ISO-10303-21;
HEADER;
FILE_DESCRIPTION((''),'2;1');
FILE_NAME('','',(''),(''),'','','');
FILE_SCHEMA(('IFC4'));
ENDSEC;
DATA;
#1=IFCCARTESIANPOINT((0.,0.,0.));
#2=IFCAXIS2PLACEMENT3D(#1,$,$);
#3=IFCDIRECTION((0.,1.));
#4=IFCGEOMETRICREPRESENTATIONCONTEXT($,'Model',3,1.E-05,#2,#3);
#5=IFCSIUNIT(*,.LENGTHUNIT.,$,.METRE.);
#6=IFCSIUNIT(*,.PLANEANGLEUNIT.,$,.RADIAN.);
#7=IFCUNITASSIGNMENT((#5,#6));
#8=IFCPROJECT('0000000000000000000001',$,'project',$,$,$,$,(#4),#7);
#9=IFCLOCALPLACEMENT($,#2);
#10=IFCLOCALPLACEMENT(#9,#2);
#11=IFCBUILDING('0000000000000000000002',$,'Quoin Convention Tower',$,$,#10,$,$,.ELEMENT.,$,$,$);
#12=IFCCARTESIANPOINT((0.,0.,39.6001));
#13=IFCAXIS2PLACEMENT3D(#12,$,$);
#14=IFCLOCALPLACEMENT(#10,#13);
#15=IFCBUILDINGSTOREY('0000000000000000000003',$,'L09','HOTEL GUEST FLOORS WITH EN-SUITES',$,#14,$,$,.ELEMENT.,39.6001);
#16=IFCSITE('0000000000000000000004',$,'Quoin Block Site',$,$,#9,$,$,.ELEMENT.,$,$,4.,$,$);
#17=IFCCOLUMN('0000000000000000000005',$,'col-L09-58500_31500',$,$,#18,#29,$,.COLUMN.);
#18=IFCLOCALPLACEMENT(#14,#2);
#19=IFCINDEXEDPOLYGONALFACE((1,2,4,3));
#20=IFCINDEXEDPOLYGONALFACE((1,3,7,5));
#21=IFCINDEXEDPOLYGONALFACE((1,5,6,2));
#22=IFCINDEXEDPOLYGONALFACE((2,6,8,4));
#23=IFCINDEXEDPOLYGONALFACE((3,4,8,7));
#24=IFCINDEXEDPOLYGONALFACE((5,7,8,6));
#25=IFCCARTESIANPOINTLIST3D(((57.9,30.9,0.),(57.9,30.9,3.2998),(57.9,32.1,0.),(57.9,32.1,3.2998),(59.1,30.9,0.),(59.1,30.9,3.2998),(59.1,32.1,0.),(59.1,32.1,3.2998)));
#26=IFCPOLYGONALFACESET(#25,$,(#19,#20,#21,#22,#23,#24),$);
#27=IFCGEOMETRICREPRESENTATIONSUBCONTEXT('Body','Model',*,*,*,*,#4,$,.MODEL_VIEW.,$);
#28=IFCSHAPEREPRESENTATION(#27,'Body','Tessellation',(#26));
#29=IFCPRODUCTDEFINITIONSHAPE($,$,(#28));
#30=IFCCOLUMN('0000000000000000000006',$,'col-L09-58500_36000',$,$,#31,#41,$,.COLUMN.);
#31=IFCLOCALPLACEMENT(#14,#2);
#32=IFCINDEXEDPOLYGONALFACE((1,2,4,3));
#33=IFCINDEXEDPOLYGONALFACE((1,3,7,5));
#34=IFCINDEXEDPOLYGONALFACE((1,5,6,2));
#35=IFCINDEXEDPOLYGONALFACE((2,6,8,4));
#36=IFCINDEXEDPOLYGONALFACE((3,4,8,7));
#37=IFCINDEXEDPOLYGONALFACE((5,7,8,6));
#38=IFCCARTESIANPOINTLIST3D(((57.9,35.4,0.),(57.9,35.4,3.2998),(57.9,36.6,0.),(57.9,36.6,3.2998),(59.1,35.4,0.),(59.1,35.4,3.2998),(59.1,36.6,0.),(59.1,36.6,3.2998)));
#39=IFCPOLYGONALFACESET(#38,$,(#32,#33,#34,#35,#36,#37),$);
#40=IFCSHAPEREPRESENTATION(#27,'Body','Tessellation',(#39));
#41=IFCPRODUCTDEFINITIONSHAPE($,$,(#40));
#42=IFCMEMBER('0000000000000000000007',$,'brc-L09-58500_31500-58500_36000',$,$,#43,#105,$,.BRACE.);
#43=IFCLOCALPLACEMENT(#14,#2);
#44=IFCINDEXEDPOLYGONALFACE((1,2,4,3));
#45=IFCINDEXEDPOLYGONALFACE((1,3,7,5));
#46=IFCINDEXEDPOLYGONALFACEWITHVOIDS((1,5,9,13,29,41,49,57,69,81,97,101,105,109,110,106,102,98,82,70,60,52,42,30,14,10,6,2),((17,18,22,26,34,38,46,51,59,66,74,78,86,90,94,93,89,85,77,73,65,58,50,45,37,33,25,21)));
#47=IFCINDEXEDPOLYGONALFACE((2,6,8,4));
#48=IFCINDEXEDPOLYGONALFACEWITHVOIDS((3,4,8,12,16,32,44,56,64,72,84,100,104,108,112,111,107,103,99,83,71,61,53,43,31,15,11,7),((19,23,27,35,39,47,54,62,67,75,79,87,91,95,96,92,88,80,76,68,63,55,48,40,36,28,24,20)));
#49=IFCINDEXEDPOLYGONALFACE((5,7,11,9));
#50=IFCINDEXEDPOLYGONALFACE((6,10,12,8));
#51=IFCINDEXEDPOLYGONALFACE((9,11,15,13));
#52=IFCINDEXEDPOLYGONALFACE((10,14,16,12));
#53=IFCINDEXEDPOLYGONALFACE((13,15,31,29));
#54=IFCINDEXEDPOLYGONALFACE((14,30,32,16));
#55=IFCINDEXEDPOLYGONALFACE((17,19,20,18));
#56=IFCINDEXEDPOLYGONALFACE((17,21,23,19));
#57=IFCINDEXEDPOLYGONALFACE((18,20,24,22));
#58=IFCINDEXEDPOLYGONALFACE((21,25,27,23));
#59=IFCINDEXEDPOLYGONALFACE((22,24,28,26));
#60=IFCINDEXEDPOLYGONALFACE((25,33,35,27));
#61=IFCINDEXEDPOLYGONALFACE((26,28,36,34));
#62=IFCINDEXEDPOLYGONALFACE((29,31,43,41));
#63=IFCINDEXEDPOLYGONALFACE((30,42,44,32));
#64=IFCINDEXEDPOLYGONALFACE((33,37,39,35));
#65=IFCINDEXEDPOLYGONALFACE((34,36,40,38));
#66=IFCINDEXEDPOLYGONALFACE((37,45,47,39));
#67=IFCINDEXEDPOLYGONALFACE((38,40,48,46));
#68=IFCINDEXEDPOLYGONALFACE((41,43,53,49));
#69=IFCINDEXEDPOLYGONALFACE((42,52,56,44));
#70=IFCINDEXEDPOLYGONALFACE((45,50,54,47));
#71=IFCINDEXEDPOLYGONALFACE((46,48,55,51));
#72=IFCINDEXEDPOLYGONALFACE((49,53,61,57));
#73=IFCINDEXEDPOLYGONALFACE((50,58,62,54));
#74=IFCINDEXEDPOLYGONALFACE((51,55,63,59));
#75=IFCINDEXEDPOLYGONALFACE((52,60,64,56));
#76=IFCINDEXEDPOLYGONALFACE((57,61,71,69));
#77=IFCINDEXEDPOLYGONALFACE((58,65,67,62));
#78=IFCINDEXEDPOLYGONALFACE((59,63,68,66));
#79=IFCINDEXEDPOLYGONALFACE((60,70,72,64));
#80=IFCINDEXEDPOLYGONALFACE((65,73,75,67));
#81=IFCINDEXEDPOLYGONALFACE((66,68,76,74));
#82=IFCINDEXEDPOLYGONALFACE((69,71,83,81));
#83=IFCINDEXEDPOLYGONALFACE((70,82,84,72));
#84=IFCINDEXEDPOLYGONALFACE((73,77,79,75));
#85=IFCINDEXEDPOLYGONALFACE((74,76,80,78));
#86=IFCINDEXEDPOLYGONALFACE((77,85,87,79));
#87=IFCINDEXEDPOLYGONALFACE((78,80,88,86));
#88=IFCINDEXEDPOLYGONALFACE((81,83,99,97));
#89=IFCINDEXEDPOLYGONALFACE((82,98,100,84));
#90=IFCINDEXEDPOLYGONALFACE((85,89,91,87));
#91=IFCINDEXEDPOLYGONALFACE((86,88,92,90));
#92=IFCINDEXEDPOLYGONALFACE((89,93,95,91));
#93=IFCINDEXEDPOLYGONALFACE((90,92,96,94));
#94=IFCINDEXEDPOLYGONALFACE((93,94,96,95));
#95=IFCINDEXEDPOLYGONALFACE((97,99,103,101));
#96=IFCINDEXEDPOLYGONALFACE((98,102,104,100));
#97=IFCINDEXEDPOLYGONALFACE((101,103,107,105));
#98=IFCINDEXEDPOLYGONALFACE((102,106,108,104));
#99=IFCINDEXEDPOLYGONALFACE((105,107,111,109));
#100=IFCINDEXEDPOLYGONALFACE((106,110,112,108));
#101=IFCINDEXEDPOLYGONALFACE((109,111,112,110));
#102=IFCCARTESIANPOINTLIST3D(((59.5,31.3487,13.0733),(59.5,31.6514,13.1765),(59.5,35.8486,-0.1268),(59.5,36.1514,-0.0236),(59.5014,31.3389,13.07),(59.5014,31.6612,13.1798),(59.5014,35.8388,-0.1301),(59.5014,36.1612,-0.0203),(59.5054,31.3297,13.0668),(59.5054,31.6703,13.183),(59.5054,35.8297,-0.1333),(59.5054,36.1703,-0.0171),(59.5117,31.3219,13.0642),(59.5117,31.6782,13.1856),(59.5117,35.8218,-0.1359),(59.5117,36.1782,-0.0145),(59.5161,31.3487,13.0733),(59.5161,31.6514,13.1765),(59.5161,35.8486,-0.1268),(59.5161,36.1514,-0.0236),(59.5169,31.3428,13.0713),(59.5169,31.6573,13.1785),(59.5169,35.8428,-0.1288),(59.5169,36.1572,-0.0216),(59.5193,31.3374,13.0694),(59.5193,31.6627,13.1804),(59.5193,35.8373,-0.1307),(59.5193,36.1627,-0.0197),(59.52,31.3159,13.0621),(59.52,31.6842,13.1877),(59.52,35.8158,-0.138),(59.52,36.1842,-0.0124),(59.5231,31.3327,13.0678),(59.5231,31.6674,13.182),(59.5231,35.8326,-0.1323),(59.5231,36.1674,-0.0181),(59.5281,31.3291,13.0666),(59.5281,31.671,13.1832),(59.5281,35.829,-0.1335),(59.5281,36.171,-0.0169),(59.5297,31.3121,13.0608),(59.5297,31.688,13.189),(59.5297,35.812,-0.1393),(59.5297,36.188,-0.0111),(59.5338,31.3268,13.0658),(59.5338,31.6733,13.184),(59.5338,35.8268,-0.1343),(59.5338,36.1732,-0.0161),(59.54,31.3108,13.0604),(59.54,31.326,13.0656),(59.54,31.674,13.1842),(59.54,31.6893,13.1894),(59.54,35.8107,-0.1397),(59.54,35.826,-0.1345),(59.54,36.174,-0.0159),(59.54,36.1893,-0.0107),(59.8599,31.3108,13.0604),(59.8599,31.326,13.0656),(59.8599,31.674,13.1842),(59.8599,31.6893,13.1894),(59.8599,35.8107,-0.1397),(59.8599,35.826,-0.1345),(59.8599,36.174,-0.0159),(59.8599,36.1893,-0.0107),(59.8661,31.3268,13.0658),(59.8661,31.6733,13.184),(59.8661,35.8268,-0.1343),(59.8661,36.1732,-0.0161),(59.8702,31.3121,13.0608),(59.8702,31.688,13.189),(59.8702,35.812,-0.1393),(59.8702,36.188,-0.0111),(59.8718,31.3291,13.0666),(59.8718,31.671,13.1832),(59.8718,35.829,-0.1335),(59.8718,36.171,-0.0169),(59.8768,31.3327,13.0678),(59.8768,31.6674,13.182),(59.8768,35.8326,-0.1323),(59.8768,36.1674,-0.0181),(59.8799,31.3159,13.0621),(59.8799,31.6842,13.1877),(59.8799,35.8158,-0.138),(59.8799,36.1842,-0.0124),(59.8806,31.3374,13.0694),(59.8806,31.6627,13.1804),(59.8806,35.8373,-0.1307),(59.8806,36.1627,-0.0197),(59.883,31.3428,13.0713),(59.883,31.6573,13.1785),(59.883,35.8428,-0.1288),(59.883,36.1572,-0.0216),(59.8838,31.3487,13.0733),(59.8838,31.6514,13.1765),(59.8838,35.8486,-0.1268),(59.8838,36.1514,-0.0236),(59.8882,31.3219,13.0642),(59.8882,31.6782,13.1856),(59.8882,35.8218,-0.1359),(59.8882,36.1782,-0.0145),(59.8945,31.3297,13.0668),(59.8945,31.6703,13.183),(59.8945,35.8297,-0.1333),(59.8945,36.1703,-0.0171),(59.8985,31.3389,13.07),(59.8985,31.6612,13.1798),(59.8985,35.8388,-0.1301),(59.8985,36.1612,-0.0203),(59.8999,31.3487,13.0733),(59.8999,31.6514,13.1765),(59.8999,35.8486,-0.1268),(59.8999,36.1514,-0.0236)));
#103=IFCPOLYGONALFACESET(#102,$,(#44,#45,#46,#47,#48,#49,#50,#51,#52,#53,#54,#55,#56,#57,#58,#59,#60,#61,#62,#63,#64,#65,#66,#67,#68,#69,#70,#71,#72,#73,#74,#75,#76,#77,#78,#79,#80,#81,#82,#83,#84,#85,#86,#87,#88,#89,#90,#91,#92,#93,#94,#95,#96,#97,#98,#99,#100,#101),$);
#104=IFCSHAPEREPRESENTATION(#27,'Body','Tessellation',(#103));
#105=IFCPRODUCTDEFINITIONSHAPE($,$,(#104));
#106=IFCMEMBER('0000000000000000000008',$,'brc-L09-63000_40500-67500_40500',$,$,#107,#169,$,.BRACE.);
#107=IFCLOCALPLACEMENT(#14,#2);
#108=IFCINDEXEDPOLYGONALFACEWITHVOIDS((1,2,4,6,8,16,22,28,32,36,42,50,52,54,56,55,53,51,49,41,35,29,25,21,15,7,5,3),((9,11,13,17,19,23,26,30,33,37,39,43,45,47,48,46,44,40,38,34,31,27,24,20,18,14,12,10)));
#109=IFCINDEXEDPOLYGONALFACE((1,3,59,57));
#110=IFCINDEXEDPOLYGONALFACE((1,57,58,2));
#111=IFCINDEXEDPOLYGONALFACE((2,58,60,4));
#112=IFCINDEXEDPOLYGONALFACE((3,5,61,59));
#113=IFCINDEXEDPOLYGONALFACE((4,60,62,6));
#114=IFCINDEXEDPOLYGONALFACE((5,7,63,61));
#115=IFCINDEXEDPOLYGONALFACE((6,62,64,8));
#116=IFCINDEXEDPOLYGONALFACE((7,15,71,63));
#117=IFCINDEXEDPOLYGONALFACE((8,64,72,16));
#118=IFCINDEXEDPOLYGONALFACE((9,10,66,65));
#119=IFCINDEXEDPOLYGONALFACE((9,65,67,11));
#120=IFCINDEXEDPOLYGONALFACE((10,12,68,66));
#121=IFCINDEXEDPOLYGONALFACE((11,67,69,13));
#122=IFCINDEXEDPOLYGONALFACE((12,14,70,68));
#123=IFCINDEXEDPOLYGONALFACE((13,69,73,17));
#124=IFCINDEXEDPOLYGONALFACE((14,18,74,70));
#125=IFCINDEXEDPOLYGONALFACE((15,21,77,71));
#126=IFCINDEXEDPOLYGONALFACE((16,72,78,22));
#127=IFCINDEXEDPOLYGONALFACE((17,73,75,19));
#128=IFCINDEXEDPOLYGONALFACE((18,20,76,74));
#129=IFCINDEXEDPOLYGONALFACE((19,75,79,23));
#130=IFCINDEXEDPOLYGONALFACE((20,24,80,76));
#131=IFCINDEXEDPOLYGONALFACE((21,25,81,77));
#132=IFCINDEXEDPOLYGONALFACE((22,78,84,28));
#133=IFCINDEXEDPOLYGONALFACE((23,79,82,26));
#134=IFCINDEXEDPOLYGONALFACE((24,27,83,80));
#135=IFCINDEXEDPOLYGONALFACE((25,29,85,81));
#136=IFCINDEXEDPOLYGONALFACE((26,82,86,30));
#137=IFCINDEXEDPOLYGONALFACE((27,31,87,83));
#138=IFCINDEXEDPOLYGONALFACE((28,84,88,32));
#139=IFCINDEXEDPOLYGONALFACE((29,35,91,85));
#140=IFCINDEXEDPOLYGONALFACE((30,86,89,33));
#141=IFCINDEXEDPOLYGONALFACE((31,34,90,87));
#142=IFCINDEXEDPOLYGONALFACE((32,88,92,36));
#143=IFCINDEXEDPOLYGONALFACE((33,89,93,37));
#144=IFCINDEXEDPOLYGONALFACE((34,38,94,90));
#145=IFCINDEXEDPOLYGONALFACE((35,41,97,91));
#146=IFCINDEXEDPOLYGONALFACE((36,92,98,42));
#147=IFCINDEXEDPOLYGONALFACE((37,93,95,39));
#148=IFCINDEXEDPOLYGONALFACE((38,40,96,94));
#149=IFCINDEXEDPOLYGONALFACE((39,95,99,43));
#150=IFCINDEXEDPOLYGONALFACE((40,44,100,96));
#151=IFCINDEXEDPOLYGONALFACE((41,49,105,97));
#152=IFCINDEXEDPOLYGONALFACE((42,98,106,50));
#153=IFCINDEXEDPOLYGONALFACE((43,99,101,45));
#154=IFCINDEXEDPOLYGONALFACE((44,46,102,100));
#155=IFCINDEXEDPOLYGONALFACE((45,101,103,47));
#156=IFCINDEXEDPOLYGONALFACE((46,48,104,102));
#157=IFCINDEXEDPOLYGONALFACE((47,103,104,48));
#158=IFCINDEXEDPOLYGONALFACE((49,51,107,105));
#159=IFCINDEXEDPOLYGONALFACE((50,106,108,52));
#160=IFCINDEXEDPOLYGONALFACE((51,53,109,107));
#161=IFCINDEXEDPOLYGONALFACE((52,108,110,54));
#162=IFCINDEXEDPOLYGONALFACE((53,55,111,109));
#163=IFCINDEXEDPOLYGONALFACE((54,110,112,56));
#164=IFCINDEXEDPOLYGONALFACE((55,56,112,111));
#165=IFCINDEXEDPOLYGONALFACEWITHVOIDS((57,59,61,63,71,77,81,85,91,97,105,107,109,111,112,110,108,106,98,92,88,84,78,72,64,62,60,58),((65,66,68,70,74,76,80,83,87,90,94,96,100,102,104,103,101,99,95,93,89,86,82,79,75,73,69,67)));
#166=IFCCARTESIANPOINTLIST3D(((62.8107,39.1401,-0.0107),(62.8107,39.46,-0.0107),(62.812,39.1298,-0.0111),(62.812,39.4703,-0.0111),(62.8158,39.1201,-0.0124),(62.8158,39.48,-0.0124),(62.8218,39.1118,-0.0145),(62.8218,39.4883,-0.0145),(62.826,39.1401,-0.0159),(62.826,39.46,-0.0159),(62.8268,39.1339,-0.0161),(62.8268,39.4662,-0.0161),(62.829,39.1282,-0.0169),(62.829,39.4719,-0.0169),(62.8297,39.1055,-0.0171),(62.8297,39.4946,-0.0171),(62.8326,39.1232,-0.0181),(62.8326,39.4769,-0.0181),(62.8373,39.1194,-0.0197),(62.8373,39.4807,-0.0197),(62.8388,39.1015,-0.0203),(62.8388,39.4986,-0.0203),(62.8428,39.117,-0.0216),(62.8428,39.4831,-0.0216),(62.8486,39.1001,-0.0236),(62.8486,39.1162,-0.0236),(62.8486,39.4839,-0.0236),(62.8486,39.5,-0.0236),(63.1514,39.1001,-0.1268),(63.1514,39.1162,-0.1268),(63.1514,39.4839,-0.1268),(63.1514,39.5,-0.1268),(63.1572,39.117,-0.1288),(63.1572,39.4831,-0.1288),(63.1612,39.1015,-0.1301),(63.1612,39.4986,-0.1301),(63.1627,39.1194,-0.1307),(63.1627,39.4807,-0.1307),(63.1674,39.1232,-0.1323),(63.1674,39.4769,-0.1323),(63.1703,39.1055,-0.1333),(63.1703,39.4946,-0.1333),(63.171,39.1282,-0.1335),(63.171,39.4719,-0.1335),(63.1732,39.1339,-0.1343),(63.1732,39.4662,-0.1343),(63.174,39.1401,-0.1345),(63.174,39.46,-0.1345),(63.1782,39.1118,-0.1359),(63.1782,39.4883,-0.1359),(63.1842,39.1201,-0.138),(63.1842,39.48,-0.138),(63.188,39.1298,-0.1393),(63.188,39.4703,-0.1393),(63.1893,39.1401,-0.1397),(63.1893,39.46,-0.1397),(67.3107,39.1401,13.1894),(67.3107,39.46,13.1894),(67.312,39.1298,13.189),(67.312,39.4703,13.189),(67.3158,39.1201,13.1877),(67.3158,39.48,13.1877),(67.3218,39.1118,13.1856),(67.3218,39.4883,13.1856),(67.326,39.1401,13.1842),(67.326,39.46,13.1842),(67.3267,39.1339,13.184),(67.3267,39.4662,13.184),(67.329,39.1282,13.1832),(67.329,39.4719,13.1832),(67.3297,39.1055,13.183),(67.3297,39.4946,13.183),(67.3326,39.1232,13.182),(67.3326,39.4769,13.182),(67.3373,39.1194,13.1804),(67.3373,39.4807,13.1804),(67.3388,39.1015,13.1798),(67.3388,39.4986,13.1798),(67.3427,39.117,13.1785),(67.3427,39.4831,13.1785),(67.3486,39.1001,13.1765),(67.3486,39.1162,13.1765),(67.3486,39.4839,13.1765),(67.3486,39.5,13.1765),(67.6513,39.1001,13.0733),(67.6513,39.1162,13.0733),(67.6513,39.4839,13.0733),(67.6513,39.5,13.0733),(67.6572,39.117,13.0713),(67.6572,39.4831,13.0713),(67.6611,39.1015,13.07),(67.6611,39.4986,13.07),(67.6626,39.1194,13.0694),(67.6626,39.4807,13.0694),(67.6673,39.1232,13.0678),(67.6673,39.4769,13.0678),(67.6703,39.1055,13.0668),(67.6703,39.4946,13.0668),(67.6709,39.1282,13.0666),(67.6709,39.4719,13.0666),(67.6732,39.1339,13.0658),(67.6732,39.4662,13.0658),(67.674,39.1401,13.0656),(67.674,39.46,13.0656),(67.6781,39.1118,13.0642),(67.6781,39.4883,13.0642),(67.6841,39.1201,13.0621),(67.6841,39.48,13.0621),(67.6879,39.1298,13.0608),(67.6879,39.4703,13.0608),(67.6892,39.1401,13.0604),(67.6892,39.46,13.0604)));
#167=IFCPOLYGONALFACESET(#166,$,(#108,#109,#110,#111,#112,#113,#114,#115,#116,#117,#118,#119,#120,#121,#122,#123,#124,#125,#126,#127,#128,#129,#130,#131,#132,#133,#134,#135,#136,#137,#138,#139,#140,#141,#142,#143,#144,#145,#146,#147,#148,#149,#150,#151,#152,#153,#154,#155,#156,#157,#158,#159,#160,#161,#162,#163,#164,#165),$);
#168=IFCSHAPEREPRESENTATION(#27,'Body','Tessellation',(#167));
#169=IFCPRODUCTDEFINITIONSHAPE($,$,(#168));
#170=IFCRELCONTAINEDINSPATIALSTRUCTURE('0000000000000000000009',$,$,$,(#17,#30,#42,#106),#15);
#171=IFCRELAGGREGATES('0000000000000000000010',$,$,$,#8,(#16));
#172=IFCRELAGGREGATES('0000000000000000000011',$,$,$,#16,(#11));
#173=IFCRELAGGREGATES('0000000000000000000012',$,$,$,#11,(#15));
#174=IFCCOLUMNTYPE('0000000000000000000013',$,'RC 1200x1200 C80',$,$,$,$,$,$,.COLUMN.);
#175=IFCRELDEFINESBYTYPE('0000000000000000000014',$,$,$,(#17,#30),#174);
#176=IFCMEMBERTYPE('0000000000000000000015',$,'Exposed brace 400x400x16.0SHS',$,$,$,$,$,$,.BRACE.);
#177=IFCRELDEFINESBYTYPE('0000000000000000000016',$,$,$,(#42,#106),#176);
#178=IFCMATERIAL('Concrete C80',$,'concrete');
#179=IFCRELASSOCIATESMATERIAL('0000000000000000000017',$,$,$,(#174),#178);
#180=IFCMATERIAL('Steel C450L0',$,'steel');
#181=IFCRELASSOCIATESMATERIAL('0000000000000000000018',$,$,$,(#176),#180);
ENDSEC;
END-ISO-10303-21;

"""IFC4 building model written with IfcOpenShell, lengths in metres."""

from ifc_helpers import new_model, si_unit, direction, frame, origin, origin_2d, place, context, subcontext, project, spatial, rectangle, hollow_rectangle, extrude, material, material_profile, profile_set, type_object, element, save


model = new_model("IFC4")

# Units and contexts
model_context = context("Model", 3, precision=1e-05, world=origin(), true_north=direction((0.0, 1.0)))
body_context = subcontext(model_context, "Body", "Model", "MODEL_VIEW")
ifc_project = project(units=[si_unit("LENGTHUNIT", "METRE"), si_unit("PLANEANGLEUNIT", "RADIAN")], contexts=[model_context])

# Site, building, storey
site_placement = place(None, origin())
site = spatial("IfcSite", under=ifc_project, at=site_placement, Name="Quoin Block Site", CompositionType="ELEMENT", RefElevation=4.0)
building_placement = place(site_placement, origin())
building = spatial("IfcBuilding", under=site, at=building_placement, Name="Quoin Convention Tower", CompositionType="ELEMENT")
storey_placement = place(building_placement, frame((0.0, 0.0, 39.6001)))
storey = spatial("IfcBuildingStorey", under=building, at=storey_placement, Name="L09", Description="HOTEL GUEST FLOORS WITH EN-SUITES", CompositionType="ELEMENT", Elevation=39.6001)

# Columns
ifc_material_1 = material(Name="Concrete C80", Category="concrete")
ifc_material_profile_1 = material_profile(ifc_material_1, rectangle(XDim=1.2, YDim=1.2, at=origin_2d()), Name="RC 1200x1200")
ifc_profile_set_1 = profile_set([ifc_material_profile_1], Name="Concrete C80")
column_type = type_object("IfcColumnType", Name="RC 1200x1200 C80", PredefinedType="COLUMN", material=ifc_profile_set_1)
for number, where, z_axis, x_axis, name in (
    (1, (58.5, 31.5, 0.0), (0.0, 0.0, 1.0), (1.0, 0.0, 0.0), "col-L09-58500_31500"),
    (2, (58.5, 36.0, 0.0), (0.0, 0.0, 1.0), (1.0, 0.0, 0.0), "col-L09-58500_36000"),
):
    element("IfcColumn", number, at=place(storey_placement, frame(where, z_axis=z_axis, x_axis=x_axis)), inside=storey, type_object=column_type, Name=name, PredefinedType="COLUMN", context=body_context, shape_type="SweptSolid", body=[
        extrude(rectangle(XDim=1.2, YDim=1.2, at=origin_2d()), origin(), (0.0, 0.0, 1.0), 3.2998),
    ])

# Members
ifc_material_2 = material(Name="Steel C450L0", Category="steel")
ifc_material_profile_2 = material_profile(ifc_material_2, hollow_rectangle(XDim=0.3999, YDim=0.3999, WallThickness=0.0161, InnerFilletRadius=0.0239, OuterFilletRadius=0.04, at=origin_2d()), Name="400x400x16.0SHS")
ifc_profile_set_2 = profile_set([ifc_material_profile_2], Name="Steel C450L0")
member_type = type_object("IfcMemberType", Name="Exposed brace 400x400x16.0SHS", PredefinedType="BRACE", material=ifc_profile_set_2)
for number, where, z_axis, x_axis, name in (
    (3, (59.7, 36.0, -0.0752), (0.0, -0.32267, 0.946512), (1.0, 0.0, 0.0), "brc-L09-58500_31500-58500_36000"),
    (4, (63.0, 39.3, -0.0752), (0.32267, 0.0, 0.946512), (0.0, 1.0, 0.0), "brc-L09-63000_40500-67500_40500"),
):
    element("IfcMember", number, at=place(storey_placement, frame(where, z_axis=z_axis, x_axis=x_axis)), inside=storey, type_object=member_type, Name=name, PredefinedType="BRACE", context=body_context, shape_type="SweptSolid", body=[
        extrude(hollow_rectangle(XDim=0.3999, YDim=0.3999, WallThickness=0.0161, InnerFilletRadius=0.0239, OuterFilletRadius=0.04, at=origin_2d()), origin(), (0.0, 0.0, 1.0), 13.946),
    ])

save(model, "model.ifc")
